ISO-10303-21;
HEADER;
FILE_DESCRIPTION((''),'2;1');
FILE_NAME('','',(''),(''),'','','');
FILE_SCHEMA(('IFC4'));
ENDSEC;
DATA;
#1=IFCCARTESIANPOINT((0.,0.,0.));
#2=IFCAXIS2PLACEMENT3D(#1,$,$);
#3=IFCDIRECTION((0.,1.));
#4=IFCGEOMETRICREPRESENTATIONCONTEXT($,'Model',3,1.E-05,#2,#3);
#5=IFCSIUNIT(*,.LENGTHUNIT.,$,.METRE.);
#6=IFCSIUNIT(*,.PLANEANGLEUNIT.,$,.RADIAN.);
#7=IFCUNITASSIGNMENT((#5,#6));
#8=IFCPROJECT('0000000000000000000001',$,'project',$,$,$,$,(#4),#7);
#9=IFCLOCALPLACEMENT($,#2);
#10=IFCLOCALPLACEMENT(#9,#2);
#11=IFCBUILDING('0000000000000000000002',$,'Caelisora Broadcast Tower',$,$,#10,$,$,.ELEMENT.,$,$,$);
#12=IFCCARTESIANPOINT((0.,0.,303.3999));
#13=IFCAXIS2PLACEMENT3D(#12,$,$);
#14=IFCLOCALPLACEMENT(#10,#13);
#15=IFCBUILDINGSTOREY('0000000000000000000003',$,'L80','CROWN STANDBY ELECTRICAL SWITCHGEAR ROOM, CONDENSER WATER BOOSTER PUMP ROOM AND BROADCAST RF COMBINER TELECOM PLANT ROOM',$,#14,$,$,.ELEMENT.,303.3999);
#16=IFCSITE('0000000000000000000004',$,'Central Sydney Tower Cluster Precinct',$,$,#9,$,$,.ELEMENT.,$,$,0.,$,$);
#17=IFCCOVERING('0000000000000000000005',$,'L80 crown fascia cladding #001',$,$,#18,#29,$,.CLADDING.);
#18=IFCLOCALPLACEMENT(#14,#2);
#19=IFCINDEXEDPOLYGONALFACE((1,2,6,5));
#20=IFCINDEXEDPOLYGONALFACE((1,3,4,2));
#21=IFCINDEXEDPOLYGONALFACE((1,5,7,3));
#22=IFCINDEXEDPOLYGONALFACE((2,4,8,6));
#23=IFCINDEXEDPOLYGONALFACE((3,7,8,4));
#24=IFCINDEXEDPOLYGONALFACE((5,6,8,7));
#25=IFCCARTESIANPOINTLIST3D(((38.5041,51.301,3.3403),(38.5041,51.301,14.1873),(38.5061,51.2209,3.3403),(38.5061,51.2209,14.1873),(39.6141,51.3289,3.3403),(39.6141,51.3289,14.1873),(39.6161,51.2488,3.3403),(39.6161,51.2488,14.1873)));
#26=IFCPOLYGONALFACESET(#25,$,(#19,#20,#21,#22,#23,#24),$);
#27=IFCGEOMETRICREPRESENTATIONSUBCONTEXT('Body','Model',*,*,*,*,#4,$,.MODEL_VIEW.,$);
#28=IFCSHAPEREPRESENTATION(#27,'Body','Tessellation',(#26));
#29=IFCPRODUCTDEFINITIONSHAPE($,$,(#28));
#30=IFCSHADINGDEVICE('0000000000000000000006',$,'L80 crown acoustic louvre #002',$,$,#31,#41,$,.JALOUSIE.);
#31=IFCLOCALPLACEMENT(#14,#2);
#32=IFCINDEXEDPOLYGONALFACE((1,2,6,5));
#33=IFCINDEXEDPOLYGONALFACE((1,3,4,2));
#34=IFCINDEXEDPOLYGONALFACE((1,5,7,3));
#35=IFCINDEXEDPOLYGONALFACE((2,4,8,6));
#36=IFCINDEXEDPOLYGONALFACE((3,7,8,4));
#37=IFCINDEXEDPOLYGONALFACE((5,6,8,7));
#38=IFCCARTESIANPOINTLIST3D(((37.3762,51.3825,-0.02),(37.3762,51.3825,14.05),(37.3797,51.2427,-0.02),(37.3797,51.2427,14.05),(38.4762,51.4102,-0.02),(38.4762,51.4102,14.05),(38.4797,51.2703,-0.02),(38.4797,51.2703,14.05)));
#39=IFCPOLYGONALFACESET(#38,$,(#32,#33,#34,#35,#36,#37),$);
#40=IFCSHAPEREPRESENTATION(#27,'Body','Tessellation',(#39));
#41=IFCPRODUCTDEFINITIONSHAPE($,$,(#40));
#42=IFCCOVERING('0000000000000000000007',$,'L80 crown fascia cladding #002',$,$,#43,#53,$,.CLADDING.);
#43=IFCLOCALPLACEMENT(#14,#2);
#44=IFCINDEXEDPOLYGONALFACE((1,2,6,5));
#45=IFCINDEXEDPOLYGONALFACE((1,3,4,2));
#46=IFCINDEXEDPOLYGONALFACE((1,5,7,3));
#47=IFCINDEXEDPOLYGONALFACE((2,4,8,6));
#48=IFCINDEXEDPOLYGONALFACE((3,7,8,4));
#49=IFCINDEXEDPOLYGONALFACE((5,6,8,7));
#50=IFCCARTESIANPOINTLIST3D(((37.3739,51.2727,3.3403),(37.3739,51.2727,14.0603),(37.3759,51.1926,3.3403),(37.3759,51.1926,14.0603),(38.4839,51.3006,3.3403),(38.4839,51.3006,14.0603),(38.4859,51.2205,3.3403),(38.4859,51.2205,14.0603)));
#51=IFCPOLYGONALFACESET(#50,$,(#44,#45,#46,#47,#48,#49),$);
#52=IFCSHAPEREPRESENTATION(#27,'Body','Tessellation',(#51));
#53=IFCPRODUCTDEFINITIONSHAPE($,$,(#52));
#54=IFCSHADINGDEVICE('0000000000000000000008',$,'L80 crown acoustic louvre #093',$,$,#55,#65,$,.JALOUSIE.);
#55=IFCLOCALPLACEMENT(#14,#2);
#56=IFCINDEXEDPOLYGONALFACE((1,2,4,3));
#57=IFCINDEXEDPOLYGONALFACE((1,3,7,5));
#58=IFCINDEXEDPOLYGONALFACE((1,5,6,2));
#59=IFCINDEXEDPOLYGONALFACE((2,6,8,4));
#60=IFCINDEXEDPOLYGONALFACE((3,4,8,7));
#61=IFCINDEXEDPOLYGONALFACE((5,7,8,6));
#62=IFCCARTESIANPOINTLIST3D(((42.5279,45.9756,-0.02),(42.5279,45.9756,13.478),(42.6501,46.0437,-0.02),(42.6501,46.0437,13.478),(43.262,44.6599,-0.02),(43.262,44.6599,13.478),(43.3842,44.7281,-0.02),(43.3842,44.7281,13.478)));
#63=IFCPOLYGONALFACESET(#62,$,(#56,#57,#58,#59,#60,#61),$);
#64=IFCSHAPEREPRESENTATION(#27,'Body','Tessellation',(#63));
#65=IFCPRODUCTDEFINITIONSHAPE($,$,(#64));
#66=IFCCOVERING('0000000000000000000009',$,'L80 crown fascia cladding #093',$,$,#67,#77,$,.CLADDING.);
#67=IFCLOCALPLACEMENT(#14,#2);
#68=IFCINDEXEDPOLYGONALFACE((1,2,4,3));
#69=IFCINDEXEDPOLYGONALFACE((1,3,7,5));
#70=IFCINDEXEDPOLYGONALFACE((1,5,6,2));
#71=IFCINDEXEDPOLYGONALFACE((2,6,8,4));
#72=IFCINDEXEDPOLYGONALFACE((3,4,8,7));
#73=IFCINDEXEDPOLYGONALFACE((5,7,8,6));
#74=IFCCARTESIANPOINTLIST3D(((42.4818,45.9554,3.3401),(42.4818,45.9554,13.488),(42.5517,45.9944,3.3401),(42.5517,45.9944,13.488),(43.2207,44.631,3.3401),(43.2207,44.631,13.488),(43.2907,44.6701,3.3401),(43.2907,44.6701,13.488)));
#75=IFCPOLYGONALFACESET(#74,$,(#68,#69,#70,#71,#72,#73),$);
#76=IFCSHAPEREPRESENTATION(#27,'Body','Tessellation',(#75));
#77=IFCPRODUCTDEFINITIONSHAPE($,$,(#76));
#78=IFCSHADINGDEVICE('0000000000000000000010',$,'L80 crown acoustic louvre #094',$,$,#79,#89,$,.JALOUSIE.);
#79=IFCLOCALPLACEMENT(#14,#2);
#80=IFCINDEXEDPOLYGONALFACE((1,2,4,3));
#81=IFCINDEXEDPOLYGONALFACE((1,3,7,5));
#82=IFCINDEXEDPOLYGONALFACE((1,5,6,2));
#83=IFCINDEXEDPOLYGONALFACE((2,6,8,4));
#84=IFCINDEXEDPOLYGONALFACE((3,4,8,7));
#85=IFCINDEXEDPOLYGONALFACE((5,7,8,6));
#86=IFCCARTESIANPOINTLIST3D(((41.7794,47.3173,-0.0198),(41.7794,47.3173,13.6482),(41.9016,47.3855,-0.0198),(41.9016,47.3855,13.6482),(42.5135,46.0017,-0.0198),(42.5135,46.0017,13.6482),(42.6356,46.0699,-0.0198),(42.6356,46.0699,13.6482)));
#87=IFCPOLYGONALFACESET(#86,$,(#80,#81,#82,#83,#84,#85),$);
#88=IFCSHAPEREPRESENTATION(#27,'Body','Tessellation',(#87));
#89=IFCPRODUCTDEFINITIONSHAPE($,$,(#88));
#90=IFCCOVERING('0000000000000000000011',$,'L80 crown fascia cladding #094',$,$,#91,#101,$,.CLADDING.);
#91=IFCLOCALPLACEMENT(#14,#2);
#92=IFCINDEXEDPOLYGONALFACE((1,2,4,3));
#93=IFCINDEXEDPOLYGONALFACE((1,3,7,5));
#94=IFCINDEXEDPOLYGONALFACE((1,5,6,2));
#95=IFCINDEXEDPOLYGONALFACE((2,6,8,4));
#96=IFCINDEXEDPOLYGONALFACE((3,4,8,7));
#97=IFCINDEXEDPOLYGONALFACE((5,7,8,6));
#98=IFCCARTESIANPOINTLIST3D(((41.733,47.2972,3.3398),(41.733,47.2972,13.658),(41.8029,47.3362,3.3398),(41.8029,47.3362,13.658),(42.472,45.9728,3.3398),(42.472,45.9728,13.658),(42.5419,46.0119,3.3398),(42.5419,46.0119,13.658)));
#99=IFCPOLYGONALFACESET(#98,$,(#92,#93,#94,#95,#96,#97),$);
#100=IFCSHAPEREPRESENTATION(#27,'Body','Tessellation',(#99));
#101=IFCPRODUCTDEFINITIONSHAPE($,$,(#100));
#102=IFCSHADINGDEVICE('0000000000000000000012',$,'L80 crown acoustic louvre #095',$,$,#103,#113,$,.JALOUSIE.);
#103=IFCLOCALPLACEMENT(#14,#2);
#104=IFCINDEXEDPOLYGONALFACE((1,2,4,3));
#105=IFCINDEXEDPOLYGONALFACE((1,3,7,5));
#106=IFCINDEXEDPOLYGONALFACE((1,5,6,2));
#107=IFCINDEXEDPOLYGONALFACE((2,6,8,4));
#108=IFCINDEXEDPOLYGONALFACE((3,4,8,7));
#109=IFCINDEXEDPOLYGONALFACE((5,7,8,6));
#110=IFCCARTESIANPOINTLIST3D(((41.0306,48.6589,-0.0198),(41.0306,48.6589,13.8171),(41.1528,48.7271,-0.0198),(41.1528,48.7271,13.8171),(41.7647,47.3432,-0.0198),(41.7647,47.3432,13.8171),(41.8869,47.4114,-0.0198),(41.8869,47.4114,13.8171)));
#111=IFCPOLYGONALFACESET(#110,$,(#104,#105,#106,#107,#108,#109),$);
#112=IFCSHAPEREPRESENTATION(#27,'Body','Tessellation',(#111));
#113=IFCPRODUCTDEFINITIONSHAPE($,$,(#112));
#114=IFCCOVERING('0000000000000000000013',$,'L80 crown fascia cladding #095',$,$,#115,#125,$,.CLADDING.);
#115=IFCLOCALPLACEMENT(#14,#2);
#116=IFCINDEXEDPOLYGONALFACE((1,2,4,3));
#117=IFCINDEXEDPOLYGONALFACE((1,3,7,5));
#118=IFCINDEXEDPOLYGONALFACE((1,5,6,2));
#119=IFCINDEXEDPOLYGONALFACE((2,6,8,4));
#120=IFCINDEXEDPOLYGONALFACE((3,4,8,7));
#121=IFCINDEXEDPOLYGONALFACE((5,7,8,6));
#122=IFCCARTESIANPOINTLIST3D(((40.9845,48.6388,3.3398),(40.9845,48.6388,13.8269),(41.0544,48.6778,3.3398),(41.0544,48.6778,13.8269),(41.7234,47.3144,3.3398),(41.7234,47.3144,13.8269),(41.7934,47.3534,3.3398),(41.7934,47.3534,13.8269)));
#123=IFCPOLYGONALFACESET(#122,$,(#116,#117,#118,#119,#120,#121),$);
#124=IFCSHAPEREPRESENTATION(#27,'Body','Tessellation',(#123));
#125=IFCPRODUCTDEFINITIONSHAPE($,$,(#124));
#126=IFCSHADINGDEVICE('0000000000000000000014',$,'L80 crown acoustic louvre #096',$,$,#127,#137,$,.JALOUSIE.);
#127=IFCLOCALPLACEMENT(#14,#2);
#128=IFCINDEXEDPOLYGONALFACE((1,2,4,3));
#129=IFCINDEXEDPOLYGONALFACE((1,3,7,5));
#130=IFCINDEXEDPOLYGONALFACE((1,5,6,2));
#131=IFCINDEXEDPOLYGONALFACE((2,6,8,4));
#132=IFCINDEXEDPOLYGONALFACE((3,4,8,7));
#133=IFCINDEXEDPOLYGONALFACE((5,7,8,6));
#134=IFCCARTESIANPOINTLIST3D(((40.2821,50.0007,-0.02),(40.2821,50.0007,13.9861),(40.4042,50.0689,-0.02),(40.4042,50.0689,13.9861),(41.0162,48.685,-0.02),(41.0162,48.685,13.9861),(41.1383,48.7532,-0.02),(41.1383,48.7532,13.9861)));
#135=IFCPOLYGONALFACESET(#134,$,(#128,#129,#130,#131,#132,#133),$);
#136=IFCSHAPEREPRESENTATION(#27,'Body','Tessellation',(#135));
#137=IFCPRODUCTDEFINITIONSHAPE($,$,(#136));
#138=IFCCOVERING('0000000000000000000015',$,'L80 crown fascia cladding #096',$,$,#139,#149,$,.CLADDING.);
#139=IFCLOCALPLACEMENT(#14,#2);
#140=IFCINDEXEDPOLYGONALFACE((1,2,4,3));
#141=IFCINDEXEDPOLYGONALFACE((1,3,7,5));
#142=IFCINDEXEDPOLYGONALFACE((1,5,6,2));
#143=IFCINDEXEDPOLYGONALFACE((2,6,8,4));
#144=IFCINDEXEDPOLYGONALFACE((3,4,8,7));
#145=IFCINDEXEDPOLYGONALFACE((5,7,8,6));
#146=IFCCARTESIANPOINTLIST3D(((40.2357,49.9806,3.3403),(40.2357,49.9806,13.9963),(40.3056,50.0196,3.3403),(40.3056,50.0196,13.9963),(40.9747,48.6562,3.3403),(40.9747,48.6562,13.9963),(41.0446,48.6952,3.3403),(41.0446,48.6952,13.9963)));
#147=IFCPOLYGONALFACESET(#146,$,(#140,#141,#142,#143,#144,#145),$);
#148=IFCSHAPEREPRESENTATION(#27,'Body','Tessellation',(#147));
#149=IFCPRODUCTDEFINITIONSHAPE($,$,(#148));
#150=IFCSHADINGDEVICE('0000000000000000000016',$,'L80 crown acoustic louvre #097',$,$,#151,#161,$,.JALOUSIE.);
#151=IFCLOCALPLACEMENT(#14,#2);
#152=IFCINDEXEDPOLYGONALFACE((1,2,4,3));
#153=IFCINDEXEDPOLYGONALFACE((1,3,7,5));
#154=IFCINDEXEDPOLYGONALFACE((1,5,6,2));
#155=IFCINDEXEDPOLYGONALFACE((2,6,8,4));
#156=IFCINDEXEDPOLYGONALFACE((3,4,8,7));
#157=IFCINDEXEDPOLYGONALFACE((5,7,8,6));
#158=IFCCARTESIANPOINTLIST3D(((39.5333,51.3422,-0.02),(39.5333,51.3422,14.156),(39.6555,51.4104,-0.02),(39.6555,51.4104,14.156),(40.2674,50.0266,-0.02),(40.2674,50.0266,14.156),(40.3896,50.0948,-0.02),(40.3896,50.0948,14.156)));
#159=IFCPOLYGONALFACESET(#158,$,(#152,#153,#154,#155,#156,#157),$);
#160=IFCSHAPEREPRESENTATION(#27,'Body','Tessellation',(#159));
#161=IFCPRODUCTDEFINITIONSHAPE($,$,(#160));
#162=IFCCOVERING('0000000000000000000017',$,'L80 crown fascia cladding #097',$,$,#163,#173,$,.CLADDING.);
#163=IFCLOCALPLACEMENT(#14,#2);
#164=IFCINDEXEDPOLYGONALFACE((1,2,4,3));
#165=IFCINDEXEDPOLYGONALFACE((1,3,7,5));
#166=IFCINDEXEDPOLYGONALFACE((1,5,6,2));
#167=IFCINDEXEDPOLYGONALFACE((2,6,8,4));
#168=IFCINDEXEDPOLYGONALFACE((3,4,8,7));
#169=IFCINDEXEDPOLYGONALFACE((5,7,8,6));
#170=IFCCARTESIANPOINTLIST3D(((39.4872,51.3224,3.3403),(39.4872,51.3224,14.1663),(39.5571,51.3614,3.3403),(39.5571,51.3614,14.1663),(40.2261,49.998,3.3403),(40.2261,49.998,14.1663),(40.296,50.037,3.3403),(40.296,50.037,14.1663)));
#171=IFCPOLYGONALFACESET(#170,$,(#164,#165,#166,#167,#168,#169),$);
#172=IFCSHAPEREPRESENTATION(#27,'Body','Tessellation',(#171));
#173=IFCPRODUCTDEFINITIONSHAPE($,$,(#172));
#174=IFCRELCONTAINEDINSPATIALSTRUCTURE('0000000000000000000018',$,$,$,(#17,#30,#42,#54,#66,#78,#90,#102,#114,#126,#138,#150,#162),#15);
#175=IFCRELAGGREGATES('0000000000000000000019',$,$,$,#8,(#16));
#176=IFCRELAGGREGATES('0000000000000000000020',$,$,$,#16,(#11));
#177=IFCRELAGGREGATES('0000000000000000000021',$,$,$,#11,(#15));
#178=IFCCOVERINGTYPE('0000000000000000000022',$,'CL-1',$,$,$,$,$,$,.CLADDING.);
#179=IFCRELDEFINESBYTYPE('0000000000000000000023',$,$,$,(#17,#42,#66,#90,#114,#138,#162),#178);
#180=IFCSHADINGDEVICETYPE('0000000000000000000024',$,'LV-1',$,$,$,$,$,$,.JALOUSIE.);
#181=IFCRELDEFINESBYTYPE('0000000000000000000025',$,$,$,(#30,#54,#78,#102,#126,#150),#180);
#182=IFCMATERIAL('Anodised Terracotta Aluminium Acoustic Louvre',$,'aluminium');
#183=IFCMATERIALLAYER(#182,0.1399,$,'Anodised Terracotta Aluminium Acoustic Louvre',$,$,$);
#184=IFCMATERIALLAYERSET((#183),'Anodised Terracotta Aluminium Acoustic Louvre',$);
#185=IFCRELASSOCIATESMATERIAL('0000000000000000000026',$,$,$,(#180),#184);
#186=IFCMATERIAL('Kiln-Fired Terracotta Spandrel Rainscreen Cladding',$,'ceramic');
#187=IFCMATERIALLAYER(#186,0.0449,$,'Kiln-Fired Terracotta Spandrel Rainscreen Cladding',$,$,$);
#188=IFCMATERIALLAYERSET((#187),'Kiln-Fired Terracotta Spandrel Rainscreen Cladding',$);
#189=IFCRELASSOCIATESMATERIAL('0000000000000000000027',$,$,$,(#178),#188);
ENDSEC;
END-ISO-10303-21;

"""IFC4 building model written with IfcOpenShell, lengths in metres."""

from ifc_helpers import new_model, si_unit, direction, frame, origin, origin_2d, place, context, subcontext, project, spatial, rectangle, extrude, source, transform, mapped, material, layer, layer_set, type_object, type_shapes, element, save


model = new_model("IFC4")

# Units and contexts
model_context = context("Model", 3, precision=1e-05, world=origin(), true_north=direction((0.0, 1.0)))
body_context = subcontext(model_context, "Body", "Model", "MODEL_VIEW")
ifc_project = project(units=[si_unit("LENGTHUNIT", "METRE"), si_unit("PLANEANGLEUNIT", "RADIAN")], contexts=[model_context])

# Site, building, storey
site_placement = place(None, origin())
site = spatial("IfcSite", under=ifc_project, at=site_placement, Name="Central Sydney Tower Cluster Precinct", CompositionType="ELEMENT", RefElevation=0.0)
building_placement = place(site_placement, origin())
building = spatial("IfcBuilding", under=site, at=building_placement, Name="Caelisora Broadcast Tower", CompositionType="ELEMENT")
storey_placement = place(building_placement, frame((0.0, 0.0, 303.3999)))
storey = spatial("IfcBuildingStorey", under=building, at=storey_placement, Name="L80", Description="CROWN STANDBY ELECTRICAL SWITCHGEAR ROOM, CONDENSER WATER BOOSTER PUMP ROOM AND BROADCAST RF COMBINER TELECOM PLANT ROOM", CompositionType="ELEMENT", Elevation=303.3999)

# Shared definitions
ifc_material_1 = material(Name="Anodised Terracotta Aluminium Acoustic Louvre", Category="aluminium")
ifc_layer_1 = layer(ifc_material_1, 0.1399, Name="Anodised Terracotta Aluminium Acoustic Louvre")
ifc_layer_set_1 = layer_set([ifc_layer_1], Name="Anodised Terracotta Aluminium Acoustic Louvre")
shading_device_type = type_object("IfcShadingDeviceType", Name="LV-1", PredefinedType="JALOUSIE", material=ifc_layer_set_1)

# Covering
ifc_material_2 = material(Name="Kiln-Fired Terracotta Spandrel Rainscreen Cladding", Category="ceramic")
ifc_layer_2 = layer(ifc_material_2, 0.0449, Name="Kiln-Fired Terracotta Spandrel Rainscreen Cladding")
ifc_layer_set_2 = layer_set([ifc_layer_2], Name="Kiln-Fired Terracotta Spandrel Rainscreen Cladding")
covering_type_1 = type_object("IfcCoveringType", Name="CL-1", PredefinedType="CLADDING", material=ifc_layer_set_2)
shared_shape_1 = source(origin(), body_context, "Body", "SweptSolid", [
    extrude(rectangle(XDim=1.1104, YDim=0.0801, at=origin_2d()), origin(), (0.0, 0.0, 1.0), 10.8469),
])
covering_1_placement = place(storey_placement, frame((39.0601, 51.2749, 3.3403), z_axis=(0.0, 0.0, 1.0), x_axis=(-0.999684, -0.02513, 0.0)))
element("IfcCovering", 1, at=covering_1_placement, inside=storey, type_object=covering_type_1, Name="L80 crown fascia cladding #001", PredefinedType="CLADDING", context=body_context, shape_type="MappedRepresentation", body=[
    mapped(shared_shape_1, transform((0.0, 0.0, 0.0), scale=1.0)),
])

# Shading device
shared_shape_2 = source(origin(), body_context, "Body", "SweptSolid", [
    extrude(rectangle(XDim=1.1003, YDim=0.1399, at=origin_2d()), origin(), (0.0, 0.0, 1.0), 14.0701),
])
shading_device_1_placement = place(storey_placement, frame((37.928, 51.3264, -0.02), z_axis=(0.0, 0.0, 1.0), x_axis=(-0.999684, -0.02513, 0.0)))
element("IfcShadingDevice", 2, at=shading_device_1_placement, inside=storey, type_object=shading_device_type, Name="L80 crown acoustic louvre #002", PredefinedType="JALOUSIE", context=body_context, shape_type="MappedRepresentation", body=[
    mapped(shared_shape_2, transform((0.0, 0.0, 0.0), scale=1.0)),
])

# Covering
shared_shape_3 = source(origin(), body_context, "Body", "SweptSolid", [
    extrude(rectangle(XDim=1.1104, YDim=0.0801, at=origin_2d()), origin(), (0.0, 0.0, 1.0), 10.72),
])
covering_2_placement = place(storey_placement, frame((37.9299, 51.2466, 3.3403), z_axis=(0.0, 0.0, 1.0), x_axis=(-0.999684, -0.02513, 0.0)))
element("IfcCovering", 3, at=covering_2_placement, inside=storey, type_object=covering_type_1, Name="L80 crown fascia cladding #002", PredefinedType="CLADDING", context=body_context, shape_type="MappedRepresentation", body=[
    mapped(shared_shape_3, transform((0.0, 0.0, 0.0), scale=1.0)),
])

# Shading device
shared_shape_4 = source(origin(), body_context, "Body", "SweptSolid", [
    extrude(rectangle(XDim=1.5066, YDim=0.1399, at=origin_2d()), origin(), (0.0, 0.0, 1.0), 13.498),
])
shading_device_2_placement = place(storey_placement, frame((42.9561, 45.3518, -0.02), z_axis=(0.0, 0.0, 1.0), x_axis=(-0.48725, 0.873262, 0.0)))
element("IfcShadingDevice", 4, at=shading_device_2_placement, inside=storey, type_object=shading_device_type, Name="L80 crown acoustic louvre #093", PredefinedType="JALOUSIE", context=body_context, shape_type="MappedRepresentation", body=[
    mapped(shared_shape_4, transform((0.0, 0.0, 0.0), scale=1.0)),
])

# Covering
shared_shape_5 = source(origin(), body_context, "Body", "SweptSolid", [
    extrude(rectangle(XDim=1.5166, YDim=0.0801, at=origin_2d()), origin(), (0.0, 0.0, 1.0), 10.1479),
])
covering_3_placement = place(storey_placement, frame((42.8862, 45.3127, 3.3401), z_axis=(0.0, 0.0, 1.0), x_axis=(-0.48725, 0.873262, 0.0)))
element("IfcCovering", 5, at=covering_3_placement, inside=storey, type_object=covering_type_1, Name="L80 crown fascia cladding #093", PredefinedType="CLADDING", context=body_context, shape_type="MappedRepresentation", body=[
    mapped(shared_shape_5, transform((0.0, 0.0, 0.0), scale=1.0)),
])

# Shading device
shared_shape_6 = source(origin(), body_context, "Body", "SweptSolid", [
    extrude(rectangle(XDim=1.5066, YDim=0.1399, at=origin_2d()), origin(), (0.0, 0.0, 1.0), 13.668),
])
shading_device_3_placement = place(storey_placement, frame((42.2075, 46.6936, -0.0198), z_axis=(0.0, 0.0, 1.0), x_axis=(-0.48725, 0.873262, 0.0)))
element("IfcShadingDevice", 6, at=shading_device_3_placement, inside=storey, type_object=shading_device_type, Name="L80 crown acoustic louvre #094", PredefinedType="JALOUSIE", context=body_context, shape_type="MappedRepresentation", body=[
    mapped(shared_shape_6, transform((0.0, 0.0, 0.0), scale=1.0)),
])

# Covering
shared_shape_7 = source(origin(), body_context, "Body", "SweptSolid", [
    extrude(rectangle(XDim=1.5166, YDim=0.0801, at=origin_2d()), origin(), (0.0, 0.0, 1.0), 10.3181),
])
covering_4_placement = place(storey_placement, frame((42.1375, 46.6545, 3.3398), z_axis=(0.0, 0.0, 1.0), x_axis=(-0.48725, 0.873262, 0.0)))
element("IfcCovering", 7, at=covering_4_placement, inside=storey, type_object=covering_type_1, Name="L80 crown fascia cladding #094", PredefinedType="CLADDING", context=body_context, shape_type="MappedRepresentation", body=[
    mapped(shared_shape_7, transform((0.0, 0.0, 0.0), scale=1.0)),
])

# Shading device
shared_shape_8 = source(origin(), body_context, "Body", "SweptSolid", [
    extrude(rectangle(XDim=1.5066, YDim=0.1399, at=origin_2d()), origin(), (0.0, 0.0, 1.0), 13.8369),
])
shading_device_4_placement = place(storey_placement, frame((41.4587, 48.0352, -0.0198), z_axis=(0.0, 0.0, 1.0), x_axis=(-0.48725, 0.873262, 0.0)))
element("IfcShadingDevice", 8, at=shading_device_4_placement, inside=storey, type_object=shading_device_type, Name="L80 crown acoustic louvre #095", PredefinedType="JALOUSIE", context=body_context, shape_type="MappedRepresentation", body=[
    mapped(shared_shape_8, transform((0.0, 0.0, 0.0), scale=1.0)),
])

# Covering
shared_shape_9 = source(origin(), body_context, "Body", "SweptSolid", [
    extrude(rectangle(XDim=1.5166, YDim=0.0801, at=origin_2d()), origin(), (0.0, 0.0, 1.0), 10.4871),
])
covering_5_placement = place(storey_placement, frame((41.3889, 47.9961, 3.3398), z_axis=(0.0, 0.0, 1.0), x_axis=(-0.48725, 0.873262, 0.0)))
element("IfcCovering", 9, at=covering_5_placement, inside=storey, type_object=covering_type_1, Name="L80 crown fascia cladding #095", PredefinedType="CLADDING", context=body_context, shape_type="MappedRepresentation", body=[
    mapped(shared_shape_9, transform((0.0, 0.0, 0.0), scale=1.0)),
])

# Shading device
shared_shape_10 = source(origin(), body_context, "Body", "SweptSolid", [
    extrude(rectangle(XDim=1.5066, YDim=0.1399, at=origin_2d()), origin(), (0.0, 0.0, 1.0), 14.0061),
])
shading_device_5_placement = place(storey_placement, frame((40.7102, 49.377, -0.02), z_axis=(0.0, 0.0, 1.0), x_axis=(-0.48725, 0.873262, 0.0)))
element("IfcShadingDevice", 10, at=shading_device_5_placement, inside=storey, type_object=shading_device_type, Name="L80 crown acoustic louvre #096", PredefinedType="JALOUSIE", context=body_context, shape_type="MappedRepresentation", body=[
    mapped(shared_shape_10, transform((0.0, 0.0, 0.0), scale=1.0)),
])

# Covering
shared_shape_11 = source(origin(), body_context, "Body", "SweptSolid", [
    extrude(rectangle(XDim=1.5166, YDim=0.0801, at=origin_2d()), origin(), (0.0, 0.0, 1.0), 10.656),
])
covering_6_placement = place(storey_placement, frame((40.6401, 49.3379, 3.3403), z_axis=(0.0, 0.0, 1.0), x_axis=(-0.48725, 0.873262, 0.0)))
element("IfcCovering", 11, at=covering_6_placement, inside=storey, type_object=covering_type_1, Name="L80 crown fascia cladding #096", PredefinedType="CLADDING", context=body_context, shape_type="MappedRepresentation", body=[
    mapped(shared_shape_11, transform((0.0, 0.0, 0.0), scale=1.0)),
])

# Shading device
shared_shape_12 = source(origin(), body_context, "Body", "SweptSolid", [
    extrude(rectangle(XDim=1.5066, YDim=0.1399, at=origin_2d()), origin(), (0.0, 0.0, 1.0), 14.176),
])
shading_device_6_placement = place(storey_placement, frame((39.9614, 50.7185, -0.02), z_axis=(0.0, 0.0, 1.0), x_axis=(-0.48725, 0.873262, 0.0)))
element("IfcShadingDevice", 12, at=shading_device_6_placement, inside=storey, type_object=shading_device_type, Name="L80 crown acoustic louvre #097", PredefinedType="JALOUSIE", context=body_context, shape_type="MappedRepresentation", body=[
    mapped(shared_shape_12, transform((0.0, 0.0, 0.0), scale=1.0)),
])

# Covering
shared_shape_13 = source(origin(), body_context, "Body", "SweptSolid", [
    extrude(rectangle(XDim=1.5166, YDim=0.0801, at=origin_2d()), origin(), (0.0, 0.0, 1.0), 10.8259),
])
type_shapes(covering_type_1, [shared_shape_1, shared_shape_3, shared_shape_5, shared_shape_7, shared_shape_9, shared_shape_11, shared_shape_13])
covering_7_placement = place(storey_placement, frame((39.8916, 50.6797, 3.3403), z_axis=(0.0, 0.0, 1.0), x_axis=(-0.48725, 0.873262, 0.0)))
element("IfcCovering", 13, at=covering_7_placement, inside=storey, type_object=covering_type_1, Name="L80 crown fascia cladding #097", PredefinedType="CLADDING", context=body_context, shape_type="MappedRepresentation", body=[
    mapped(shared_shape_13, transform((0.0, 0.0, 0.0), scale=1.0)),
])

save(model, "model.ifc")
